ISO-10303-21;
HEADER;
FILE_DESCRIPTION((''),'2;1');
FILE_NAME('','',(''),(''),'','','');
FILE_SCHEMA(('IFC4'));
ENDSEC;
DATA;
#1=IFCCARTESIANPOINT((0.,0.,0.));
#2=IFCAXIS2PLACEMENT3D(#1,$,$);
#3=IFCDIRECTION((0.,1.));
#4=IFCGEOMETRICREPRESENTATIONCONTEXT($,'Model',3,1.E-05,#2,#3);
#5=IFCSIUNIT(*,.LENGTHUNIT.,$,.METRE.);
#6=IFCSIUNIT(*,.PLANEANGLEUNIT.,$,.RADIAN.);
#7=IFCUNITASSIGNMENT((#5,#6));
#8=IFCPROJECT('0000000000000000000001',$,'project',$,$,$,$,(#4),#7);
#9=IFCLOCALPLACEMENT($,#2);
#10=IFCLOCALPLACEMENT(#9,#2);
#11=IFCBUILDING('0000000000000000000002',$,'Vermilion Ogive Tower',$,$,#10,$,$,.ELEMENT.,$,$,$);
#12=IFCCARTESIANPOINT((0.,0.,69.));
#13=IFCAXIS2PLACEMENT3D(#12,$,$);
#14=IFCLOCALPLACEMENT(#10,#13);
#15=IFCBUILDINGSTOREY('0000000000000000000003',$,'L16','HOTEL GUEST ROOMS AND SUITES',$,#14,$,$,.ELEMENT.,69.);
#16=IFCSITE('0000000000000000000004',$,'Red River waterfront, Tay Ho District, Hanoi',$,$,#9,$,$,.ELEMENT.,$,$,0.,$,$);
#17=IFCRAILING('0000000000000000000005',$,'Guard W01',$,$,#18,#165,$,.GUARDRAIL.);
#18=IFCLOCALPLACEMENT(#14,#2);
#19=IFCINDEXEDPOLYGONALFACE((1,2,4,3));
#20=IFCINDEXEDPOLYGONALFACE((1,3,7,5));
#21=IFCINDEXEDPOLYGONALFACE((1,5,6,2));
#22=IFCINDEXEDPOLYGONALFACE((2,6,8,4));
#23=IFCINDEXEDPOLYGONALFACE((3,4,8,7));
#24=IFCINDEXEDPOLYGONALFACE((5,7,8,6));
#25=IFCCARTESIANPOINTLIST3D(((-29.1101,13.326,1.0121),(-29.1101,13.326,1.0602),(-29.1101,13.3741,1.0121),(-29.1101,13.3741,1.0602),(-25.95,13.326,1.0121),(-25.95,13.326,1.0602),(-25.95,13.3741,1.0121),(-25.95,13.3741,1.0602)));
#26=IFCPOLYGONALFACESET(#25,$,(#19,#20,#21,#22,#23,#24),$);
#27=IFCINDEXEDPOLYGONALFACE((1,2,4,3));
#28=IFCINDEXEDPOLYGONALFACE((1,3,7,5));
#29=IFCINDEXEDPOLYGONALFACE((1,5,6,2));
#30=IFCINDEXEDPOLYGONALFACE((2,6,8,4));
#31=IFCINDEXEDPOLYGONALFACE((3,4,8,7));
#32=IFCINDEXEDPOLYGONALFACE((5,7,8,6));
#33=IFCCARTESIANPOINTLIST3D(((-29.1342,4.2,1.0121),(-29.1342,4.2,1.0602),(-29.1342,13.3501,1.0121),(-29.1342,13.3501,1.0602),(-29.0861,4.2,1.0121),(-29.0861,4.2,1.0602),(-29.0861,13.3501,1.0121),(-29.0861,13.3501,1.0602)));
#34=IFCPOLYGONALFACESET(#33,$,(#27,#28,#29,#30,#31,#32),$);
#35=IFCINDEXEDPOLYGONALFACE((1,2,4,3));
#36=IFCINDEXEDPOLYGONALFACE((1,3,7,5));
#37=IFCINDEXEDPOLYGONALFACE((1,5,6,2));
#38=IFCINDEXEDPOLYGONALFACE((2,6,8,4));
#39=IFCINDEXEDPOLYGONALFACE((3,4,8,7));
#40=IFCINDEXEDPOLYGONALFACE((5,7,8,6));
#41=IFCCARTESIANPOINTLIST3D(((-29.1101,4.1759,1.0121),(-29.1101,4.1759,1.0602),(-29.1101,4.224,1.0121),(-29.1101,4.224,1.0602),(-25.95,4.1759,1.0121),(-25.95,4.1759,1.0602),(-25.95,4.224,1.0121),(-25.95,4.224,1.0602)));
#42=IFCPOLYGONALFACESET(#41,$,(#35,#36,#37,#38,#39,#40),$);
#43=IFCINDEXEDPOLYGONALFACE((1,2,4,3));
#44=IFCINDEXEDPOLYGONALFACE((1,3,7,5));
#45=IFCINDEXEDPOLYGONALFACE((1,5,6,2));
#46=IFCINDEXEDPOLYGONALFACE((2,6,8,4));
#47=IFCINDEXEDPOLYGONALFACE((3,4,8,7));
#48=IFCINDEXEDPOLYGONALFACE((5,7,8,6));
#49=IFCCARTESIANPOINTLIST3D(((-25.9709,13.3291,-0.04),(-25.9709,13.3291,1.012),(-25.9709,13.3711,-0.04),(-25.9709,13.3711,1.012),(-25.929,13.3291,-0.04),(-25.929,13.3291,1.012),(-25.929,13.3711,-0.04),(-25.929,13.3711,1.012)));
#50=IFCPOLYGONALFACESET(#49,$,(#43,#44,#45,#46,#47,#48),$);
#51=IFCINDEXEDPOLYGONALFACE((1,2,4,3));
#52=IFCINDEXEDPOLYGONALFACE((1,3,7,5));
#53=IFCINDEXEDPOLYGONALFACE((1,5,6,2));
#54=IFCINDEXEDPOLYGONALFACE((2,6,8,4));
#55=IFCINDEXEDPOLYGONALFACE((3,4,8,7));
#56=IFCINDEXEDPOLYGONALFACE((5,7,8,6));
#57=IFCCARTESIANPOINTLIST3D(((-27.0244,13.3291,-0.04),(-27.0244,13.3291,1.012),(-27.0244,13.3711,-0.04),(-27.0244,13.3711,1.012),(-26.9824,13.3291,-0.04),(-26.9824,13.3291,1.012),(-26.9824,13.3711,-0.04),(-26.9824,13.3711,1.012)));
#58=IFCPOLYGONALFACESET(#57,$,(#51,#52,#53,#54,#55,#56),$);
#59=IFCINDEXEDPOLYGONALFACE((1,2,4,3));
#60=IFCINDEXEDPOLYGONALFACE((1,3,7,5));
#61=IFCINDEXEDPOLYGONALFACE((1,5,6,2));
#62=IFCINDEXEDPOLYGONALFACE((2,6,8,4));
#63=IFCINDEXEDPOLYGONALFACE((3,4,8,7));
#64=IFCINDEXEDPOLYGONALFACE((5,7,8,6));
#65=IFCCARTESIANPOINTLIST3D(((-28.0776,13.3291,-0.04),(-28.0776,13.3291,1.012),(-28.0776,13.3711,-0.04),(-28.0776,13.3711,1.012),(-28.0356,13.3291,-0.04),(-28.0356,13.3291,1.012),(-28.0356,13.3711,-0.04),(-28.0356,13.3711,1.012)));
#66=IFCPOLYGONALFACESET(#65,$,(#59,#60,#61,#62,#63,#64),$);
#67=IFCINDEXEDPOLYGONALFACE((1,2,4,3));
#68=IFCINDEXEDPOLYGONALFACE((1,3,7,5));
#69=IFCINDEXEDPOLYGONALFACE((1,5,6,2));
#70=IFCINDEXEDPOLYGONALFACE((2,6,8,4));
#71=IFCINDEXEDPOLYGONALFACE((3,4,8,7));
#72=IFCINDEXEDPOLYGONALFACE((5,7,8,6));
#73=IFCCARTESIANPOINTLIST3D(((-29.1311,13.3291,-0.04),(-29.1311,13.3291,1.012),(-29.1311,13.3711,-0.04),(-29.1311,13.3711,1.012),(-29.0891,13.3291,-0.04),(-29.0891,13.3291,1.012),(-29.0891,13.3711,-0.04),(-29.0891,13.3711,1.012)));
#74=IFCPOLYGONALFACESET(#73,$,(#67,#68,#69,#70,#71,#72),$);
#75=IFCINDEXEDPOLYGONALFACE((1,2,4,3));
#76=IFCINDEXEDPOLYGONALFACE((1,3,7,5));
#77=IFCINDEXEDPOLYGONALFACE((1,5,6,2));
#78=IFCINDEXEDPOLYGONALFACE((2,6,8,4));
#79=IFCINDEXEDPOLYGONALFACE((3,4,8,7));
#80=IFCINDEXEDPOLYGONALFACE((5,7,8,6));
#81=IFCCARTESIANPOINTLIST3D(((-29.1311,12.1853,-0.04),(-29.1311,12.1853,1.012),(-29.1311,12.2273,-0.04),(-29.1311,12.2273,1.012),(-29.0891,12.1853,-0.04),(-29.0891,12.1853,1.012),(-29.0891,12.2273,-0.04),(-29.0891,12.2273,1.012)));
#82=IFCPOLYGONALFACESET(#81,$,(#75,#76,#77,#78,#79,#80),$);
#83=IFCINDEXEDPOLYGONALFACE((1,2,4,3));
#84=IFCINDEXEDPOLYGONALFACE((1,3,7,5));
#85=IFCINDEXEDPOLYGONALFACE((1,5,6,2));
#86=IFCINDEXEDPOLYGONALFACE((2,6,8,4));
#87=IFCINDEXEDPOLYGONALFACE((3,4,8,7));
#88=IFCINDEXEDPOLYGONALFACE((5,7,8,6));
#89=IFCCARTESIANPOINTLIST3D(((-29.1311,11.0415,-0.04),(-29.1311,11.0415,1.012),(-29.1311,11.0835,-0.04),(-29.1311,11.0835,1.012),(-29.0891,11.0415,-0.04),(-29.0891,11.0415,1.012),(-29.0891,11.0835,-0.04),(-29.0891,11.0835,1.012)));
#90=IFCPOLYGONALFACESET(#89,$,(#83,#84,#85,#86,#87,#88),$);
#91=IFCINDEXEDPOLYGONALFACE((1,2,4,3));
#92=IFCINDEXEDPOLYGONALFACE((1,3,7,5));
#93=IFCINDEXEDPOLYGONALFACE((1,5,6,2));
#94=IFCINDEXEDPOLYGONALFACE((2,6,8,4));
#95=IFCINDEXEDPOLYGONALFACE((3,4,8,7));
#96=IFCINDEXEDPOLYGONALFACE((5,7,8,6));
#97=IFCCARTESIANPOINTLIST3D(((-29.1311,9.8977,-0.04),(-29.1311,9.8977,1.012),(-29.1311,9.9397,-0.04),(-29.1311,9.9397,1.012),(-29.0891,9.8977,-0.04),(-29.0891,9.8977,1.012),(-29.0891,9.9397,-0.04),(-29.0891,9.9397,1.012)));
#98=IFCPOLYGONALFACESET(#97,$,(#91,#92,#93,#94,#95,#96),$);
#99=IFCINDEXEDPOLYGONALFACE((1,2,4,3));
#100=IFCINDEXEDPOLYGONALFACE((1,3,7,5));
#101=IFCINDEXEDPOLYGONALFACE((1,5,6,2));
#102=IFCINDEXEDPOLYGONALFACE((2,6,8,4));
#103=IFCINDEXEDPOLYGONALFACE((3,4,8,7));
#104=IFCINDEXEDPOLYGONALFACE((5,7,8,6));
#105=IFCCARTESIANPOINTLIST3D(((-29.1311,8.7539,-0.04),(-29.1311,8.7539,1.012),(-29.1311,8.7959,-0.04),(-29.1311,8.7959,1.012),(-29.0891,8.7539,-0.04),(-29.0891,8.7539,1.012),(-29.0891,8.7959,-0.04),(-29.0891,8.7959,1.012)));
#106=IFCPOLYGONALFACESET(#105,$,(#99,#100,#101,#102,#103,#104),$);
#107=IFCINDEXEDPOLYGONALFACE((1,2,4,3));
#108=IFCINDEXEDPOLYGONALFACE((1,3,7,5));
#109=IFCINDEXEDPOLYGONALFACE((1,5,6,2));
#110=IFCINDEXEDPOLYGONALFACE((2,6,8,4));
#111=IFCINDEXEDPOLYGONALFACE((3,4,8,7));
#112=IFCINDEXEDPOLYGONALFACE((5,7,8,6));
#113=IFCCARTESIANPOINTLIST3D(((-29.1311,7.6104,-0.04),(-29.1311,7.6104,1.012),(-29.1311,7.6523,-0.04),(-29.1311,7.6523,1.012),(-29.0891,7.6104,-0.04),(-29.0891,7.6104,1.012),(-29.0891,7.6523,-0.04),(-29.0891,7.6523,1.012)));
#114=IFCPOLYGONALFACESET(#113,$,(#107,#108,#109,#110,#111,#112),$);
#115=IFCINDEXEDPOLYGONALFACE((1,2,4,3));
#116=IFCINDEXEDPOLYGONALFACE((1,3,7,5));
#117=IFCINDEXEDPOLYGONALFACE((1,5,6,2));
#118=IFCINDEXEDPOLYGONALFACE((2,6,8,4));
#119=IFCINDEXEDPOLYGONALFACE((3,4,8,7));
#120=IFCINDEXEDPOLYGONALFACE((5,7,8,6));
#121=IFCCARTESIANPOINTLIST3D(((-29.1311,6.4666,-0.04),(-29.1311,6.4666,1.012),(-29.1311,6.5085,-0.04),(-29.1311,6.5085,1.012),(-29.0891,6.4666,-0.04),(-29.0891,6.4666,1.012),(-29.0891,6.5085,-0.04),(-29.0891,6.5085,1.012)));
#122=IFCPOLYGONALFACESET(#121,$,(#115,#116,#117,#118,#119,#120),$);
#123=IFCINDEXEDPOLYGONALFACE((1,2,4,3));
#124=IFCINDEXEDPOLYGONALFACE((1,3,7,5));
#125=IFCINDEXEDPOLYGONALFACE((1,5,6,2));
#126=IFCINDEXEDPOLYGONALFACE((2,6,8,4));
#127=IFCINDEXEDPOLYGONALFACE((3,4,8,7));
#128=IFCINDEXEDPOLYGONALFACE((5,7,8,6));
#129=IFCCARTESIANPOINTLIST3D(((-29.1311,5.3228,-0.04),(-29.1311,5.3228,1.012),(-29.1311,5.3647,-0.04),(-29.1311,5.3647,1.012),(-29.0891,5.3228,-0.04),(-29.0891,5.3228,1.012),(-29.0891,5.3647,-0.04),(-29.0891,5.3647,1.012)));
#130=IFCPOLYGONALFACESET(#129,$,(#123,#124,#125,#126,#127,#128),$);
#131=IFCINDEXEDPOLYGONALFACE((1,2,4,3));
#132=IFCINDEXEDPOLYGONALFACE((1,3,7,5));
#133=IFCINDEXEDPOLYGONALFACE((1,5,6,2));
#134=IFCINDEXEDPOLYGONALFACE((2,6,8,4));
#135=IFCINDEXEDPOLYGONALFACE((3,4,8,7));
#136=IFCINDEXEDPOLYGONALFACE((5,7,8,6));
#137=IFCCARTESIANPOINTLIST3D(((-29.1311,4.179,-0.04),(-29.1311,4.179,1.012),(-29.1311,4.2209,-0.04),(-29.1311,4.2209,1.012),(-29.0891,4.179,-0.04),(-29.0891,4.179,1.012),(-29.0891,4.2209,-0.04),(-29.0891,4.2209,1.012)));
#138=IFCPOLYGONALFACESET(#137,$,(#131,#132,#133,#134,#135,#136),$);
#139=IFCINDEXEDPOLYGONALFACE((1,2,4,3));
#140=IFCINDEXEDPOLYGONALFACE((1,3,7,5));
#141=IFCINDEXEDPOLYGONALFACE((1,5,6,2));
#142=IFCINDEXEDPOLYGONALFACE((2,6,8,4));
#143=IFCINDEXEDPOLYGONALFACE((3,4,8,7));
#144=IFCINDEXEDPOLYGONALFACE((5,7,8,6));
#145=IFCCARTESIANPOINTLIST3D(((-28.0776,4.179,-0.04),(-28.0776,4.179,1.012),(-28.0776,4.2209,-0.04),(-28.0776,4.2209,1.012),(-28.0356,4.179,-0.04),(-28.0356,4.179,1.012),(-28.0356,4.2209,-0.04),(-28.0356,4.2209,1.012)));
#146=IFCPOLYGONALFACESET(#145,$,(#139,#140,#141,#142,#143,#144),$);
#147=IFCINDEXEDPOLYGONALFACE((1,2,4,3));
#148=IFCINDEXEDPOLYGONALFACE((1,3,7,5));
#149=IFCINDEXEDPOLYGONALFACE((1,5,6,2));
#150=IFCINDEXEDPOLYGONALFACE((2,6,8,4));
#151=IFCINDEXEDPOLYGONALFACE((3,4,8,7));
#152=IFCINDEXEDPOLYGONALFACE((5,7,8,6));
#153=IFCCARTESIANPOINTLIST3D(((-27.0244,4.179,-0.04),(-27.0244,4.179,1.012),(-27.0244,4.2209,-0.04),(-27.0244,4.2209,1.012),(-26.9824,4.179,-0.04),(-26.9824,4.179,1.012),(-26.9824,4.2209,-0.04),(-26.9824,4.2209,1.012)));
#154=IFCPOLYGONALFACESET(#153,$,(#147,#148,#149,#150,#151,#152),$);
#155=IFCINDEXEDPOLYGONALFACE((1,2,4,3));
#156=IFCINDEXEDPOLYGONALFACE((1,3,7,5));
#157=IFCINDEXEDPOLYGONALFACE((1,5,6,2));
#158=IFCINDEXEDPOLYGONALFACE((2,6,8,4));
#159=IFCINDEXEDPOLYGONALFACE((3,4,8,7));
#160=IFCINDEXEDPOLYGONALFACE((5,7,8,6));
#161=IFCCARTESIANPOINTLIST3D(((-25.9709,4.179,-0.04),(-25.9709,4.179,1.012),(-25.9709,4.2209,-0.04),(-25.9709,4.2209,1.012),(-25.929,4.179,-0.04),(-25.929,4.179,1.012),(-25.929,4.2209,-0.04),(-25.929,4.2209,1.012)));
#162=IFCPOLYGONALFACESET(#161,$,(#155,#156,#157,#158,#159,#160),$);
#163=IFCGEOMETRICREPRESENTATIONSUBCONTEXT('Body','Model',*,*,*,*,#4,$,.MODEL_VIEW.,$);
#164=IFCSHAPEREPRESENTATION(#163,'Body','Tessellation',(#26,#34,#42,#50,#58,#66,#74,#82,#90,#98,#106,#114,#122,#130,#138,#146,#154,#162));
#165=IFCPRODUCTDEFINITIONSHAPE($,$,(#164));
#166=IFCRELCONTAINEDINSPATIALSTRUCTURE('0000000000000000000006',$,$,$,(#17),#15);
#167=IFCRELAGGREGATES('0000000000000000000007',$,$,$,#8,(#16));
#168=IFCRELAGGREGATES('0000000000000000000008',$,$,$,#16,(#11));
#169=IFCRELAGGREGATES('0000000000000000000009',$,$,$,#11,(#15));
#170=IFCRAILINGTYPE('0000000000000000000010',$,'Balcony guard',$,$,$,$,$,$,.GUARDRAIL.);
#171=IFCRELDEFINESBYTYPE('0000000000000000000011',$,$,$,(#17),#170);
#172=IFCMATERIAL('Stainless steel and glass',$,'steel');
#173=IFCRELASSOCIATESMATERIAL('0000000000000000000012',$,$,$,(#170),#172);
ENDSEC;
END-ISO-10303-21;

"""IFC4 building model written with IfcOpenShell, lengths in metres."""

from ifc_helpers import new_model, si_unit, direction, frame, origin, origin_2d, place, context, subcontext, project, spatial, rectangle, extrude, material, type_object, element, save


model = new_model("IFC4")

# Units and contexts
model_context = context("Model", 3, precision=1e-05, world=origin(), true_north=direction((0.0, 1.0)))
body_context = subcontext(model_context, "Body", "Model", "MODEL_VIEW")
ifc_project = project(units=[si_unit("LENGTHUNIT", "METRE"), si_unit("PLANEANGLEUNIT", "RADIAN")], contexts=[model_context])

# Site, building, storey
site_placement = place(None, origin())
site = spatial("IfcSite", under=ifc_project, at=site_placement, Name="Red River waterfront, Tay Ho District, Hanoi", CompositionType="ELEMENT", RefElevation=0.0)
building_placement = place(site_placement, origin())
building = spatial("IfcBuilding", under=site, at=building_placement, Name="Vermilion Ogive Tower", CompositionType="ELEMENT")
storey_placement = place(building_placement, frame((0.0, 0.0, 69.0)))
storey = spatial("IfcBuildingStorey", under=building, at=storey_placement, Name="L16", Description="HOTEL GUEST ROOMS AND SUITES", CompositionType="ELEMENT", Elevation=69.0)

# Railing
ifc_material_1 = material(Name="Stainless steel and glass", Category="steel")
railing_type = type_object("IfcRailingType", Name="Balcony guard", PredefinedType="GUARDRAIL", material=ifc_material_1)
railing_placement = place(storey_placement, frame((-25.95, 13.3501, -0.04)))
element("IfcRailing", 1, at=railing_placement, inside=storey, type_object=railing_type, Name="Guard W01", PredefinedType="GUARDRAIL", context=body_context, shape_type="SweptSolid", body=[
    extrude(rectangle(XDim=0.0481, YDim=0.0481, at=origin_2d()), frame((0.0, 0.0, 1.0762), z_axis=(-1.0, 0.0, 0.0), x_axis=(0.0, -1.0, 0.0)), (0.0, 0.0, 1.0), 3.1602),
    extrude(rectangle(XDim=0.0481, YDim=0.0481, at=origin_2d()), frame((-3.1602, 0.0, 1.0762), z_axis=(0.0, -1.0, 0.0), x_axis=(1.0, 0.0, 0.0)), (0.0, 0.0, 1.0), 9.1501),
    extrude(rectangle(XDim=0.0481, YDim=0.0481, at=origin_2d()), frame((-3.1602, -9.1501, 1.0762), z_axis=(1.0, 0.0, 0.0), x_axis=(0.0, 1.0, 0.0)), (0.0, 0.0, 1.0), 3.1602),
    extrude(rectangle(XDim=0.042, YDim=0.042, at=origin_2d()), origin(), (0.0, 0.0, 1.0), 1.052),
    extrude(rectangle(XDim=0.042, YDim=0.042, at=origin_2d()), frame((-1.0535, 0.0, 0.0)), (0.0, 0.0, 1.0), 1.052),
    extrude(rectangle(XDim=0.042, YDim=0.042, at=origin_2d()), frame((-2.1067, 0.0, 0.0)), (0.0, 0.0, 1.0), 1.052),
    extrude(rectangle(XDim=0.042, YDim=0.042, at=origin_2d()), frame((-3.1602, 0.0, 0.0)), (0.0, 0.0, 1.0), 1.052),
    extrude(rectangle(XDim=0.042, YDim=0.042, at=origin_2d()), frame((-3.1602, -1.1438, 0.0)), (0.0, 0.0, 1.0), 1.052),
    extrude(rectangle(XDim=0.042, YDim=0.042, at=origin_2d()), frame((-3.1602, -2.2876, 0.0)), (0.0, 0.0, 1.0), 1.052),
    extrude(rectangle(XDim=0.042, YDim=0.042, at=origin_2d()), frame((-3.1602, -3.4314, 0.0)), (0.0, 0.0, 1.0), 1.052),
    extrude(rectangle(XDim=0.042, YDim=0.042, at=origin_2d()), frame((-3.1602, -4.5752, 0.0)), (0.0, 0.0, 1.0), 1.052),
    extrude(rectangle(XDim=0.042, YDim=0.042, at=origin_2d()), frame((-3.1602, -5.7188, 0.0)), (0.0, 0.0, 1.0), 1.052),
    extrude(rectangle(XDim=0.042, YDim=0.042, at=origin_2d()), frame((-3.1602, -6.8625, 0.0)), (0.0, 0.0, 1.0), 1.052),
    extrude(rectangle(XDim=0.042, YDim=0.042, at=origin_2d()), frame((-3.1602, -8.0063, 0.0)), (0.0, 0.0, 1.0), 1.052),
    extrude(rectangle(XDim=0.042, YDim=0.042, at=origin_2d()), frame((-3.1602, -9.1501, 0.0)), (0.0, 0.0, 1.0), 1.052),
    extrude(rectangle(XDim=0.042, YDim=0.042, at=origin_2d()), frame((-2.1067, -9.1501, 0.0)), (0.0, 0.0, 1.0), 1.052),
    extrude(rectangle(XDim=0.042, YDim=0.042, at=origin_2d()), frame((-1.0535, -9.1501, 0.0)), (0.0, 0.0, 1.0), 1.052),
    extrude(rectangle(XDim=0.042, YDim=0.042, at=origin_2d()), frame((0.0, -9.1501, 0.0)), (0.0, 0.0, 1.0), 1.052),
])

save(model, "model.ifc")
